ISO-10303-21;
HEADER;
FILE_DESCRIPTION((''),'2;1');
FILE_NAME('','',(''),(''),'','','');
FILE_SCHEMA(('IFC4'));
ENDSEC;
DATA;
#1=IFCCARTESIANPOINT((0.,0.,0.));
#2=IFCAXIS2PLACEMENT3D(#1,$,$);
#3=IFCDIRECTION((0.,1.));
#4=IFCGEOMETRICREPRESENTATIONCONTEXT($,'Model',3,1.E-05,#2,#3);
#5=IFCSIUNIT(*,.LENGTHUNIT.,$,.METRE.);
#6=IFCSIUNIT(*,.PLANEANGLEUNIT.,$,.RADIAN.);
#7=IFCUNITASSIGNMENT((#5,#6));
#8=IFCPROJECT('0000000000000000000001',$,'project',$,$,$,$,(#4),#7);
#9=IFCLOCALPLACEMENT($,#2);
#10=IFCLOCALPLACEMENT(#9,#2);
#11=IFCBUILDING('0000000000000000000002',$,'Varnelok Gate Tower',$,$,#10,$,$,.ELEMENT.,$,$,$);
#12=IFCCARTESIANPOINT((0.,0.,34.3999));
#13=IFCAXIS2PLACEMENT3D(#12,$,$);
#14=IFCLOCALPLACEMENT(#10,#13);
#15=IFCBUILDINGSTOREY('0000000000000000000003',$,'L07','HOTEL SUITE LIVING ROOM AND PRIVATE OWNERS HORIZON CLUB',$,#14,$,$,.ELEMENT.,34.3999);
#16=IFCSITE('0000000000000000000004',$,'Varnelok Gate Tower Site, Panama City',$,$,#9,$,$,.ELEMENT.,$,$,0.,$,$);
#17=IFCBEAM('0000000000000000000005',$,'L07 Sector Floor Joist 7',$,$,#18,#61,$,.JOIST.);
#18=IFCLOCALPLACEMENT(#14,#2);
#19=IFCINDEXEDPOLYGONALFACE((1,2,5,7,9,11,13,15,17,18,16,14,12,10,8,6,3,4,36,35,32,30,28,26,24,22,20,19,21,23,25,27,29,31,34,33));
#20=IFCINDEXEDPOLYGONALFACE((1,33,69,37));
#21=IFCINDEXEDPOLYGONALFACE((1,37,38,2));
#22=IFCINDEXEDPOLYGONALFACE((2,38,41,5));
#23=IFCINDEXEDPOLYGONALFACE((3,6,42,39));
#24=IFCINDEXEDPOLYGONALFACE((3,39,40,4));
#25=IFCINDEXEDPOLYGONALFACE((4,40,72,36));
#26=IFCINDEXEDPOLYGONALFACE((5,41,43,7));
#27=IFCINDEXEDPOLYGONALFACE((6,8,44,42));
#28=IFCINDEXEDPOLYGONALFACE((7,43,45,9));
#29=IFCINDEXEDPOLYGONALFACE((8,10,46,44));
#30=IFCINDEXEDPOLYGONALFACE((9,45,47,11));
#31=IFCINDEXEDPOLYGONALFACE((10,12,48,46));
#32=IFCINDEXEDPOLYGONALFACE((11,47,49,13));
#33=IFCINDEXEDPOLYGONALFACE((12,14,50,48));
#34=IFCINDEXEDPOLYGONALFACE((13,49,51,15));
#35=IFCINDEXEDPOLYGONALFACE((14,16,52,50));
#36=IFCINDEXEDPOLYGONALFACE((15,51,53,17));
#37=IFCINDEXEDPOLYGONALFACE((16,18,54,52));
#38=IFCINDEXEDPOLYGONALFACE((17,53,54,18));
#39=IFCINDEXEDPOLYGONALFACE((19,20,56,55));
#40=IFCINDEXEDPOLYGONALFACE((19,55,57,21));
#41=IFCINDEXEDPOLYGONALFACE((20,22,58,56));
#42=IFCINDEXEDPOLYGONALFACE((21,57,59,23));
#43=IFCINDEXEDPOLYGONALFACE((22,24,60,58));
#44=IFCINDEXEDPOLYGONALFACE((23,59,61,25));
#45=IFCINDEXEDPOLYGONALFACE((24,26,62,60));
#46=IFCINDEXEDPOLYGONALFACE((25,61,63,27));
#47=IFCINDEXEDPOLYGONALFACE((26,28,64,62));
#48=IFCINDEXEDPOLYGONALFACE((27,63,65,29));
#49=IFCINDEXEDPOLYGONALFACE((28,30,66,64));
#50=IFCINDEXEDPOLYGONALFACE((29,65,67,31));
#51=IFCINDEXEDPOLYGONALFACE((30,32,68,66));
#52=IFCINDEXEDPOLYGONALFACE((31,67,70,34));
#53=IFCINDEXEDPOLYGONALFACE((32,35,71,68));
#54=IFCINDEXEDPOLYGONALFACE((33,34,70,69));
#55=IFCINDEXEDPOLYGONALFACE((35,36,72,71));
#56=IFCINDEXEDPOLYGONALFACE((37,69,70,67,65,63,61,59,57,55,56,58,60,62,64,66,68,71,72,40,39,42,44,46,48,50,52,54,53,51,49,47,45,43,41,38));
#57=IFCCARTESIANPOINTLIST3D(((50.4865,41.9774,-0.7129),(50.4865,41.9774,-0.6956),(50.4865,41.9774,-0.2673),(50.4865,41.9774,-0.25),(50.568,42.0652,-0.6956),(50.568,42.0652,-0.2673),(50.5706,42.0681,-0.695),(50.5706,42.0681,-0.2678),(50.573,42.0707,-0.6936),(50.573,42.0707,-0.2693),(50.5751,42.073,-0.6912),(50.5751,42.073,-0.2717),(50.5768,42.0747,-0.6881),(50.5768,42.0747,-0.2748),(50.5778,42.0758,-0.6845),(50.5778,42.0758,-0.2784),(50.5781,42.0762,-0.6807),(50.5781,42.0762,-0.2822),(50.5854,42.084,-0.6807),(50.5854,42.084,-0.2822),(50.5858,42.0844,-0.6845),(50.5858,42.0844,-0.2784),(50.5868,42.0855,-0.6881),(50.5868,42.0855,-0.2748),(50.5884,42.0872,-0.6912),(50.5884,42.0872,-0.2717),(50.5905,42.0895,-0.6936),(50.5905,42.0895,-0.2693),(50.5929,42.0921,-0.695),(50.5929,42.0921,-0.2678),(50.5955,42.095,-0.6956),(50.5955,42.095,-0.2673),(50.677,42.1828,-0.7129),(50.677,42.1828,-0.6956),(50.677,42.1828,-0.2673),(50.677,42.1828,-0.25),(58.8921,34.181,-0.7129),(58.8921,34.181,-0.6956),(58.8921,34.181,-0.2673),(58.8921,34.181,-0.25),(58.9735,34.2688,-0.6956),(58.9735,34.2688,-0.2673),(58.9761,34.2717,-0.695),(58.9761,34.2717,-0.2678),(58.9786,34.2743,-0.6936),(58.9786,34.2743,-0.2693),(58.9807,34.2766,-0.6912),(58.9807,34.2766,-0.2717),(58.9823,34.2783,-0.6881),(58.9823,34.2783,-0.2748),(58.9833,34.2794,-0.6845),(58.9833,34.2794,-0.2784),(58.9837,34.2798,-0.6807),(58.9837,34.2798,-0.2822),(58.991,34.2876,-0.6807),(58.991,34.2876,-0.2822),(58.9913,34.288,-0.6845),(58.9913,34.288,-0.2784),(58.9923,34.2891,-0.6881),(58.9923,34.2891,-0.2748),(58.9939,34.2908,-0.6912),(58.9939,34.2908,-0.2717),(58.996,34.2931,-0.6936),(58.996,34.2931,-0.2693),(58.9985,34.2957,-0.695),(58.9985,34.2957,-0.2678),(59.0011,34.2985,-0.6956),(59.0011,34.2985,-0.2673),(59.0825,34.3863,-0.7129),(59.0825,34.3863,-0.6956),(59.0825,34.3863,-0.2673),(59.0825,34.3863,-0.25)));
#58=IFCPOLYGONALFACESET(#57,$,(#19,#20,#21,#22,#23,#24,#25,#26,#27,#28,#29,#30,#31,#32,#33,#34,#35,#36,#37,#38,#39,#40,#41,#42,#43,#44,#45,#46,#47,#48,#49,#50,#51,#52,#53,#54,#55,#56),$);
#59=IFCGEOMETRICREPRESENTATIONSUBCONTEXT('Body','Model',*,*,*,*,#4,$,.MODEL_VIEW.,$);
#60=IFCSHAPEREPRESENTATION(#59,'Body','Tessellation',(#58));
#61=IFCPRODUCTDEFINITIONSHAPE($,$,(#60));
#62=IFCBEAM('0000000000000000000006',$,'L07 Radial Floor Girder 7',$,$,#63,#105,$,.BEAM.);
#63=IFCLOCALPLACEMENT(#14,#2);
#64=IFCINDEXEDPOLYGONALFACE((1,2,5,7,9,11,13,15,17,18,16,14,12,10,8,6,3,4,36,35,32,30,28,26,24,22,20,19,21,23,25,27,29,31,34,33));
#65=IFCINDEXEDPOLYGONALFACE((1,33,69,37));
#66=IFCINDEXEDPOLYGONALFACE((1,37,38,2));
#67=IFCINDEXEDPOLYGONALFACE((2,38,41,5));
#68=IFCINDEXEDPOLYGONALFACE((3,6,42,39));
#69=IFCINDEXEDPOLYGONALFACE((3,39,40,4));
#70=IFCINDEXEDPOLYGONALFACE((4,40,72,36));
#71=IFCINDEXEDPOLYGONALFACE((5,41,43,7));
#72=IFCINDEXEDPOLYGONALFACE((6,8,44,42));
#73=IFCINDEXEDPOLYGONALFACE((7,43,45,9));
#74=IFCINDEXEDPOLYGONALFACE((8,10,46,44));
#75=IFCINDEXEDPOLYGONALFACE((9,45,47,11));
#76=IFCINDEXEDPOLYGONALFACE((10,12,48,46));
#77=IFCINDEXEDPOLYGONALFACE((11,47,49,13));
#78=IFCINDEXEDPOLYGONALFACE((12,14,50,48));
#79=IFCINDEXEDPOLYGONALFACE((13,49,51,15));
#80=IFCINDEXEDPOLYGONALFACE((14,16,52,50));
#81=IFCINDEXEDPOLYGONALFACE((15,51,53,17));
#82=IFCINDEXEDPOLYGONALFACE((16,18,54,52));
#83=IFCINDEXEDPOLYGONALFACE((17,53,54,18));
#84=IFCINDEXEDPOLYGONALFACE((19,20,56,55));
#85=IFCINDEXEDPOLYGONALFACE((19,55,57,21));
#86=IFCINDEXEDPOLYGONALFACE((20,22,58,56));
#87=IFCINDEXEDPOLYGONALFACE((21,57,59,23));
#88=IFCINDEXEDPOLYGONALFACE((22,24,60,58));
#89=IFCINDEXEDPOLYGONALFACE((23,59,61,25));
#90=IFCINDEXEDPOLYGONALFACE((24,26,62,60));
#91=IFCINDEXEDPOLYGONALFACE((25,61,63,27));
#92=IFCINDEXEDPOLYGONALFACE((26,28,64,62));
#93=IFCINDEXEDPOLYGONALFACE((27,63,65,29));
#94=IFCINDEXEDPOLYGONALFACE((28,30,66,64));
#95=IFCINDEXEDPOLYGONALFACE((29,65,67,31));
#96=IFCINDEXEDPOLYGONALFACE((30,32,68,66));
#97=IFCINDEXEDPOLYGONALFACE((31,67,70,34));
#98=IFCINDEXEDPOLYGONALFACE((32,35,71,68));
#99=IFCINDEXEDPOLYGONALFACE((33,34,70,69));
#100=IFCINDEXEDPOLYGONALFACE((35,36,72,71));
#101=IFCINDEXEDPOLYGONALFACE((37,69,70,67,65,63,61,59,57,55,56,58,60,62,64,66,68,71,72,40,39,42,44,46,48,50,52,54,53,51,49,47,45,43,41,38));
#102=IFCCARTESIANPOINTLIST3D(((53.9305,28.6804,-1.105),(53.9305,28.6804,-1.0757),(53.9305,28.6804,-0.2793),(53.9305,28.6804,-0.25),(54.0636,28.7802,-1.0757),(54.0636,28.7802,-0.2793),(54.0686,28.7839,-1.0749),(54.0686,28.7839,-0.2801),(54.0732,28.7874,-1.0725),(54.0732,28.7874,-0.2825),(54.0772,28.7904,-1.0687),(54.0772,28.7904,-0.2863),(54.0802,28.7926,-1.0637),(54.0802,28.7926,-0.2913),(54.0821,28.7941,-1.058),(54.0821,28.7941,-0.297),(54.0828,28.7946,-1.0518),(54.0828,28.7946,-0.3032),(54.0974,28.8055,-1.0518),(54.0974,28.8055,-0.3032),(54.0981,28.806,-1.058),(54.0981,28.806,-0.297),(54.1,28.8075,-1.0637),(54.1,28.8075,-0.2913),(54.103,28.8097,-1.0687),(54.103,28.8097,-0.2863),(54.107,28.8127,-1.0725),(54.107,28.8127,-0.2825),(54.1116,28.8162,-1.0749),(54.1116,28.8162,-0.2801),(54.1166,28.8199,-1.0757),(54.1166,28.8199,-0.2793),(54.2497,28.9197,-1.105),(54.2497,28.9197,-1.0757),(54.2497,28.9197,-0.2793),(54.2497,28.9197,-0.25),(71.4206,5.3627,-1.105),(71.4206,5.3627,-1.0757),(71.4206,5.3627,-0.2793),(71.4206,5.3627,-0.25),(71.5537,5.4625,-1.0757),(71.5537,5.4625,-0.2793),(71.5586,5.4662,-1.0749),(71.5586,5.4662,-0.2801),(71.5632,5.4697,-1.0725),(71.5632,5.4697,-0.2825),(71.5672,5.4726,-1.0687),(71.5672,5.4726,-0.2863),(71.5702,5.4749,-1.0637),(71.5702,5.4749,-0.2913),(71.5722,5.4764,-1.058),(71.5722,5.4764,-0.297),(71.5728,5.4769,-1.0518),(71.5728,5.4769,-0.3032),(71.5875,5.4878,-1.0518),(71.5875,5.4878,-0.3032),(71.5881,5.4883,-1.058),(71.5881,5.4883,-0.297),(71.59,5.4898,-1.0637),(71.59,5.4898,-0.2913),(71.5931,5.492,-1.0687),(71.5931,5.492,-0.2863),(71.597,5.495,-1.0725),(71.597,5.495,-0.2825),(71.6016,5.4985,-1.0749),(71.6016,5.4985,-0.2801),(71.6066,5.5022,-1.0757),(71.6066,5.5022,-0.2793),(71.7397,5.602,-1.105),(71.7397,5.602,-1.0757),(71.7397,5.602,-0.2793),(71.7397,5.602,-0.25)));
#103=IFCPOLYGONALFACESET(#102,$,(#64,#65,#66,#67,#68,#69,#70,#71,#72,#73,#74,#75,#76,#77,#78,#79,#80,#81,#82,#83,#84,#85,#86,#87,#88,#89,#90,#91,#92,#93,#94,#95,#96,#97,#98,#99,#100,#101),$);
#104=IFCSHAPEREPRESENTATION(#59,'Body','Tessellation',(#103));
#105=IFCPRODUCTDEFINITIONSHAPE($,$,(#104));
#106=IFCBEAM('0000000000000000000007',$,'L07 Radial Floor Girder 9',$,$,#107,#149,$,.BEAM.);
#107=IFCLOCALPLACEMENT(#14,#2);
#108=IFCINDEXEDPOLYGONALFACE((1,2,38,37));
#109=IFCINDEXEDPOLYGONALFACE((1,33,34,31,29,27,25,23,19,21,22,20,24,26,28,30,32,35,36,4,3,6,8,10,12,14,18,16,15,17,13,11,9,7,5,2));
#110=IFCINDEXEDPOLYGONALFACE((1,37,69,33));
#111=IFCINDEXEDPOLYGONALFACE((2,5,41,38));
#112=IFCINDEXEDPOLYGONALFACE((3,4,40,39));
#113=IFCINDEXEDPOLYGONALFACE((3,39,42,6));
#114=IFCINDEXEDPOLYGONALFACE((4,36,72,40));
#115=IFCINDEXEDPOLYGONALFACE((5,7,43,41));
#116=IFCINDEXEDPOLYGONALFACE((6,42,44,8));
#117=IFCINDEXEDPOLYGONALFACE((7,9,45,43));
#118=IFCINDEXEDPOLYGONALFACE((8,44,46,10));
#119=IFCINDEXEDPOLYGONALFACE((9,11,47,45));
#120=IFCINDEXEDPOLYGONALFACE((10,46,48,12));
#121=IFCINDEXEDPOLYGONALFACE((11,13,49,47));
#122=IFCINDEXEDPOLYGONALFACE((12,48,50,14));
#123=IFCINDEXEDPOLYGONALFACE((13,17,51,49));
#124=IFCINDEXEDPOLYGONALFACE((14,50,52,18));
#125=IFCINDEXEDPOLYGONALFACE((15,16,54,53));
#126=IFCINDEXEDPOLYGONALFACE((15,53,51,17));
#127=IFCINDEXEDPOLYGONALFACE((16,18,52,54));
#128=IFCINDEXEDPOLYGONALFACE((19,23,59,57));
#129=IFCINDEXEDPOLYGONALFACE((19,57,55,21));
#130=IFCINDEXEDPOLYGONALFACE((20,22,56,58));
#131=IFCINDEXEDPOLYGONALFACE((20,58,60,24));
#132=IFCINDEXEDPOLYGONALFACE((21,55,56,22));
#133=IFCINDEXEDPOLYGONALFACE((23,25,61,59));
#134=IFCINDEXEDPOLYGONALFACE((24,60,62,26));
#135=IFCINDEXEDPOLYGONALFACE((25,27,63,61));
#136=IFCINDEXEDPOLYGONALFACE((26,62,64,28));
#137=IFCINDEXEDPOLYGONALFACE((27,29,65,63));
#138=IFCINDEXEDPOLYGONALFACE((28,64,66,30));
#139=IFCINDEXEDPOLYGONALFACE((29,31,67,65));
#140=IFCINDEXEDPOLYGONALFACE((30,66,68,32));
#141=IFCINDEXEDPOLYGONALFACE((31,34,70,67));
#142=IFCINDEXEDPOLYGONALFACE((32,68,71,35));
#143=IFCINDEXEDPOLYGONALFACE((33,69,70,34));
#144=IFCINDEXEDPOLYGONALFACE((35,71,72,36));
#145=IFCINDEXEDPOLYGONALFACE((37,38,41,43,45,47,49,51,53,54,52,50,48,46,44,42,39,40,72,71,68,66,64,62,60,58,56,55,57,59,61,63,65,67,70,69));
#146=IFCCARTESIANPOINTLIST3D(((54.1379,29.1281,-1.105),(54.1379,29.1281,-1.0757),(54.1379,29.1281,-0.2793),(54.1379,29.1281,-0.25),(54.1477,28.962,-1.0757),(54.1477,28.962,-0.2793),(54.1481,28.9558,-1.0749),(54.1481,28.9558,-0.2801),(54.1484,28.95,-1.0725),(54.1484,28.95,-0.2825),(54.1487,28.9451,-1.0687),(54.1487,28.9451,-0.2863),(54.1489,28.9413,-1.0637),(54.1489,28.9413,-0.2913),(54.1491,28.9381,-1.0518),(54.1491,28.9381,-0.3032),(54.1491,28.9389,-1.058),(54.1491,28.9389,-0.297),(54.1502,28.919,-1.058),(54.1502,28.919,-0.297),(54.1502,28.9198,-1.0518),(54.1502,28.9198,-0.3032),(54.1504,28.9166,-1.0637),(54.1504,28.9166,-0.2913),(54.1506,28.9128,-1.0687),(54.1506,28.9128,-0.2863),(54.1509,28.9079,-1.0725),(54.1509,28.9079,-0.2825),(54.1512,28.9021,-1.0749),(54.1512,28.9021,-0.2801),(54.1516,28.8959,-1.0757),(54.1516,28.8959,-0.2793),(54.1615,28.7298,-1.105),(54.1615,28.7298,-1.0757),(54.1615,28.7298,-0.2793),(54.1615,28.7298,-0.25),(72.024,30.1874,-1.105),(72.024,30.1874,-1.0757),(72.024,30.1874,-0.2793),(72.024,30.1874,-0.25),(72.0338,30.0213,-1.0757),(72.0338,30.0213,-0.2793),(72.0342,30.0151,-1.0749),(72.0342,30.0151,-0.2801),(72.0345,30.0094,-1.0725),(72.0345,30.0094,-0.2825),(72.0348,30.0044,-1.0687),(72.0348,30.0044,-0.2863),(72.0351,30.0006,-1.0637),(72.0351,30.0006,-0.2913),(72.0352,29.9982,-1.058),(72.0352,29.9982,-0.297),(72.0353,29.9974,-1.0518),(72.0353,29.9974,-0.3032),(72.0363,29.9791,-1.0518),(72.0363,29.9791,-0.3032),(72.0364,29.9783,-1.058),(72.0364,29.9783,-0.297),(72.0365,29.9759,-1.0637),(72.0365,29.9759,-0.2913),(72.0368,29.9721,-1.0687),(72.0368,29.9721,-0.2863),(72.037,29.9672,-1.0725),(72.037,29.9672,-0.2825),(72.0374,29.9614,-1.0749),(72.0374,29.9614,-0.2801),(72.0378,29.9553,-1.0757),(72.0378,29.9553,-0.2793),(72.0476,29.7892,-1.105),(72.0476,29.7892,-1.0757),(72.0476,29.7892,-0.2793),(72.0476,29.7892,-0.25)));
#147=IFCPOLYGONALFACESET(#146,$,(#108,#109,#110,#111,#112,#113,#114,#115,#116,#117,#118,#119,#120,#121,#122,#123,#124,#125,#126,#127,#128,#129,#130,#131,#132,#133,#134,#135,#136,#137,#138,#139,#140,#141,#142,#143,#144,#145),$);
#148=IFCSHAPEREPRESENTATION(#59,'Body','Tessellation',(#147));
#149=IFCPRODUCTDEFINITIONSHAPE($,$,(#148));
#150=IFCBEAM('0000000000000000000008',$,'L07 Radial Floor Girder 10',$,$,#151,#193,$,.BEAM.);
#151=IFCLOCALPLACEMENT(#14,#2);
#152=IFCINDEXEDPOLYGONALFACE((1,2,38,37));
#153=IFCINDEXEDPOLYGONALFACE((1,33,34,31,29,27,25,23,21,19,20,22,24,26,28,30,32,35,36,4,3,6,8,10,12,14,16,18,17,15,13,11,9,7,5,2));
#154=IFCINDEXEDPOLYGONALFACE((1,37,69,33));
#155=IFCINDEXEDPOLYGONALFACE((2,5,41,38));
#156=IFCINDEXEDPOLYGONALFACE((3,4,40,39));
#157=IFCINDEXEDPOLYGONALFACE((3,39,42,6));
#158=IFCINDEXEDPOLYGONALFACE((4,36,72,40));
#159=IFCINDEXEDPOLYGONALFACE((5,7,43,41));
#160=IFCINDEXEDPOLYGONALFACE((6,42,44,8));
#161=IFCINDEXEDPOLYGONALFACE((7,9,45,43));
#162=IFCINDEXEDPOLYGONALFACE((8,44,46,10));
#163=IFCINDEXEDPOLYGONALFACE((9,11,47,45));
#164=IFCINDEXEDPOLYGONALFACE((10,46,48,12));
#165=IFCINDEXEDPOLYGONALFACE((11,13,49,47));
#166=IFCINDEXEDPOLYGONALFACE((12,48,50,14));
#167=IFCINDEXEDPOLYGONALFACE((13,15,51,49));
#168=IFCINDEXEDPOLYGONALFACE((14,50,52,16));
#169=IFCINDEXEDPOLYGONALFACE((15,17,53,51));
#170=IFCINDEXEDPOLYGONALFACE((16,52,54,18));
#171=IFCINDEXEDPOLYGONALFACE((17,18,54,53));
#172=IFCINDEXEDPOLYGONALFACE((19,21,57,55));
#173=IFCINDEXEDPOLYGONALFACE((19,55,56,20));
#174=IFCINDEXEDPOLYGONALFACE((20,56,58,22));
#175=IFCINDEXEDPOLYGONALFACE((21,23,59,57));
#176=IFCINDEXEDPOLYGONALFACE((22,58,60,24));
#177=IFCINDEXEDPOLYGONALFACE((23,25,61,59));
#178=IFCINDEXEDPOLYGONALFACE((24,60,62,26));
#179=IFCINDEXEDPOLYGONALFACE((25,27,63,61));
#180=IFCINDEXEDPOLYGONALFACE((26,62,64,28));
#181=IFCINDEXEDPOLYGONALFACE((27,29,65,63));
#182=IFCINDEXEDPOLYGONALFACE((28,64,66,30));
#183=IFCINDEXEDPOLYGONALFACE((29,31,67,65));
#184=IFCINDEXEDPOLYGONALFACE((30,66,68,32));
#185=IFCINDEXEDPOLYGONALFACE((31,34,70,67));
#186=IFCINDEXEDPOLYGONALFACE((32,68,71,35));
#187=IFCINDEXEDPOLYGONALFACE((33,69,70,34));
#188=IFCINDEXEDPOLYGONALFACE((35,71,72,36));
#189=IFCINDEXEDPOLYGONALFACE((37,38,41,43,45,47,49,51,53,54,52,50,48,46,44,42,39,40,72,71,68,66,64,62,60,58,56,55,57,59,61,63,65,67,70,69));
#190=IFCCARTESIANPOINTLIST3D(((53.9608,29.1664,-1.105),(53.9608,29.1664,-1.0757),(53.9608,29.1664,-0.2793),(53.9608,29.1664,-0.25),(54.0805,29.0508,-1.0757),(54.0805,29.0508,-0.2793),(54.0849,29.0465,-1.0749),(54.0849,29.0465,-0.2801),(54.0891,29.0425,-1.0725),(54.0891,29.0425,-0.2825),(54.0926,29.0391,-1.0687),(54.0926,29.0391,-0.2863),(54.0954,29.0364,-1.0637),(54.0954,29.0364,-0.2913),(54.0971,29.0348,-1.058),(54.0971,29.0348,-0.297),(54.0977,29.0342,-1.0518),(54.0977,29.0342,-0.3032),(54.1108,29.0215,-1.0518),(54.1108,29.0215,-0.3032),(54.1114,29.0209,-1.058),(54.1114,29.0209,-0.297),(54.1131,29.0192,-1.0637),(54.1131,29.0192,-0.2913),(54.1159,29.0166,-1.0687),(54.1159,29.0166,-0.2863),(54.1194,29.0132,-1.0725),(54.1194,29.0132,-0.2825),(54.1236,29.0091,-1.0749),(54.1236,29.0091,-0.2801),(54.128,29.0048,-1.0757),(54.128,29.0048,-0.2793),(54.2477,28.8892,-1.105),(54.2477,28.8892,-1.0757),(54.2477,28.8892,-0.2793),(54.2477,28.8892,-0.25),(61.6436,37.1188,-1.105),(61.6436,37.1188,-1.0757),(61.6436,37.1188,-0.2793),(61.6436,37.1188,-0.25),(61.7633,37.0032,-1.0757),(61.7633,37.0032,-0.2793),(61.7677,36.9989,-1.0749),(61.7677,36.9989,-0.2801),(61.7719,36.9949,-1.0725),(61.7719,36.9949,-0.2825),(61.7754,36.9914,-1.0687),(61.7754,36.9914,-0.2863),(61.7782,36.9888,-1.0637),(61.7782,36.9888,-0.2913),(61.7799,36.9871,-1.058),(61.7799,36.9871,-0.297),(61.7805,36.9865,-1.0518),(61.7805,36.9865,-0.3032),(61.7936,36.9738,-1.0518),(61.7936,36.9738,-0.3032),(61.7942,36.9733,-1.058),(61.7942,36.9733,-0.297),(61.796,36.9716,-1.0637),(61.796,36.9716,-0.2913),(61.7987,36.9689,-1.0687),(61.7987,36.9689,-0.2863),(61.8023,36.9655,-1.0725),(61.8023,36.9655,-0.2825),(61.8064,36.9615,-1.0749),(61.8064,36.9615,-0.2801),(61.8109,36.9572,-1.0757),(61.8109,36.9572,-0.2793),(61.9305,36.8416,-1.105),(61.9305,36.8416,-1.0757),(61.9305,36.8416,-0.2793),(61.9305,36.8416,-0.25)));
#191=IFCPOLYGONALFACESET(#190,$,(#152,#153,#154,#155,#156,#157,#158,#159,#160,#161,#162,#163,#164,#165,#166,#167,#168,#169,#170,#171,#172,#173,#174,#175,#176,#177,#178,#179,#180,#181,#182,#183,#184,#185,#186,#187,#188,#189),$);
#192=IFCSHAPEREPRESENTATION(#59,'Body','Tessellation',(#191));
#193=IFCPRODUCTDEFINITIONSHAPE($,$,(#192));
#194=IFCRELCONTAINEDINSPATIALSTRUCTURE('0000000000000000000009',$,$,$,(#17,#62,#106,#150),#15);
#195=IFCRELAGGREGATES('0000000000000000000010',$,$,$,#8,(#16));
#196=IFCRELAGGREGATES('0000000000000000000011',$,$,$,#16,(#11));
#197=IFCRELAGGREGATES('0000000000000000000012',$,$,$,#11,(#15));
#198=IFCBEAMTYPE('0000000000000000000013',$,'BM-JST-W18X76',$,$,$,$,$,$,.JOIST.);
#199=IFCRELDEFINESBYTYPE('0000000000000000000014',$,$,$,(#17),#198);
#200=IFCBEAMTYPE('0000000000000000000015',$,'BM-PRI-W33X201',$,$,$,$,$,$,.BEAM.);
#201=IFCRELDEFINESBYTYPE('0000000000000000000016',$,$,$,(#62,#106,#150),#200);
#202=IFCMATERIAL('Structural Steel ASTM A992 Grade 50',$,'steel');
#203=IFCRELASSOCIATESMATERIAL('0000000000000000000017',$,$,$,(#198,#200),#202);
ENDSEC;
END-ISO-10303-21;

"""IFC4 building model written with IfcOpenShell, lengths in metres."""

from ifc_helpers import new_model, si_unit, direction, frame, origin, origin_2d, place, context, subcontext, project, spatial, i_section, extrude, material, material_profile, profile_set, type_object, element, save


model = new_model("IFC4")

# Units and contexts
model_context = context("Model", 3, precision=1e-05, world=origin(), true_north=direction((0.0, 1.0)))
body_context = subcontext(model_context, "Body", "Model", "MODEL_VIEW")
ifc_project = project(units=[si_unit("LENGTHUNIT", "METRE"), si_unit("PLANEANGLEUNIT", "RADIAN")], contexts=[model_context])

# Site, building, storey
site_placement = place(None, origin())
site = spatial("IfcSite", under=ifc_project, at=site_placement, Name="Varnelok Gate Tower Site, Panama City", CompositionType="ELEMENT", RefElevation=0.0)
building_placement = place(site_placement, origin())
building = spatial("IfcBuilding", under=site, at=building_placement, Name="Varnelok Gate Tower", CompositionType="ELEMENT")
storey_placement = place(building_placement, frame((0.0, 0.0, 34.3999)))
storey = spatial("IfcBuildingStorey", under=building, at=storey_placement, Name="L07", Description="HOTEL SUITE LIVING ROOM AND PRIVATE OWNERS HORIZON CLUB", CompositionType="ELEMENT", Elevation=34.3999)

# Shared definitions
ifc_material_1 = material(Name="Structural Steel ASTM A992 Grade 50", Category="steel")

# Beams
ifc_material_profile_1 = material_profile(ifc_material_1, i_section(OverallWidth=0.28, OverallDepth=0.4629, WebThickness=0.0107, FlangeThickness=0.0173, FilletRadius=0.0149, at=origin_2d()), Name="W18X76")
ifc_profile_set_1 = profile_set([ifc_material_profile_1], Name="Structural Steel ASTM A992 Grade 50")
beam_type_1 = type_object("IfcBeamType", Name="BM-JST-W18X76", PredefinedType="JOIST", material=ifc_profile_set_1)
beam_1_placement = place(storey_placement, frame((58.9873, 34.2837, -0.4814), z_axis=(-0.733173, 0.680042, 0.0), x_axis=(-0.680042, -0.733173, 0.0)))
element("IfcBeam", 1, at=beam_1_placement, inside=storey, type_object=beam_type_1, Name="L07 Sector Floor Joist 7", PredefinedType="JOIST", context=body_context, shape_type="SweptSolid", body=[
    extrude(i_section(OverallWidth=0.28, OverallDepth=0.4629, WebThickness=0.0107, FlangeThickness=0.0173, FilletRadius=0.0149, at=origin_2d()), origin(), (0.0, 0.0, 1.0), 11.4646),
])
ifc_material_profile_2 = material_profile(ifc_material_1, i_section(OverallWidth=0.3989, OverallDepth=0.855, WebThickness=0.0183, FlangeThickness=0.0293, FilletRadius=0.0239, at=origin_2d()), Name="W33X201")
ifc_profile_set_2 = profile_set([ifc_material_profile_2], Name="Structural Steel ASTM A992 Grade 50")
beam_type_2 = type_object("IfcBeamType", Name="BM-PRI-W33X201", PredefinedType="BEAM", material=ifc_profile_set_2)
beam_2_placement = place(storey_placement, frame((54.0901, 28.8, -0.6775), z_axis=(0.600039, -0.799971, 0.0), x_axis=(0.799971, 0.600039, 0.0)))
element("IfcBeam", 2, at=beam_2_placement, inside=storey, type_object=beam_type_2, Name="L07 Radial Floor Girder 7", PredefinedType="BEAM", context=body_context, shape_type="SweptSolid", body=[
    extrude(i_section(OverallWidth=0.3989, OverallDepth=0.855, WebThickness=0.0183, FlangeThickness=0.0293, FilletRadius=0.0239, at=origin_2d()), origin(), (0.0, 0.0, 1.0), 29.1482),
])
beam_3_placement = place(storey_placement, frame((54.1497, 28.929, -0.6775), z_axis=(0.998251, 0.059122, 0.0), x_axis=(-0.059122, 0.998251, 0.0)))
element("IfcBeam", 3, at=beam_3_placement, inside=storey, type_object=beam_type_2, Name="L07 Radial Floor Girder 9", PredefinedType="BEAM", context=body_context, shape_type="SweptSolid", body=[
    extrude(i_section(OverallWidth=0.3989, OverallDepth=0.855, WebThickness=0.0183, FlangeThickness=0.0293, FilletRadius=0.0239, at=origin_2d()), origin(), (0.0, 0.0, 1.0), 17.9175),
])
beam_4_placement = place(storey_placement, frame((54.1042, 29.0278, -0.6775), z_axis=(0.694814, 0.71919, 0.0), x_axis=(-0.71919, 0.694814, 0.0)))
element("IfcBeam", 4, at=beam_4_placement, inside=storey, type_object=beam_type_2, Name="L07 Radial Floor Girder 10", PredefinedType="BEAM", context=body_context, shape_type="SweptSolid", body=[
    extrude(i_section(OverallWidth=0.3989, OverallDepth=0.855, WebThickness=0.0183, FlangeThickness=0.0293, FilletRadius=0.0239, at=origin_2d()), origin(), (0.0, 0.0, 1.0), 11.0574),
])

save(model, "model.ifc")
